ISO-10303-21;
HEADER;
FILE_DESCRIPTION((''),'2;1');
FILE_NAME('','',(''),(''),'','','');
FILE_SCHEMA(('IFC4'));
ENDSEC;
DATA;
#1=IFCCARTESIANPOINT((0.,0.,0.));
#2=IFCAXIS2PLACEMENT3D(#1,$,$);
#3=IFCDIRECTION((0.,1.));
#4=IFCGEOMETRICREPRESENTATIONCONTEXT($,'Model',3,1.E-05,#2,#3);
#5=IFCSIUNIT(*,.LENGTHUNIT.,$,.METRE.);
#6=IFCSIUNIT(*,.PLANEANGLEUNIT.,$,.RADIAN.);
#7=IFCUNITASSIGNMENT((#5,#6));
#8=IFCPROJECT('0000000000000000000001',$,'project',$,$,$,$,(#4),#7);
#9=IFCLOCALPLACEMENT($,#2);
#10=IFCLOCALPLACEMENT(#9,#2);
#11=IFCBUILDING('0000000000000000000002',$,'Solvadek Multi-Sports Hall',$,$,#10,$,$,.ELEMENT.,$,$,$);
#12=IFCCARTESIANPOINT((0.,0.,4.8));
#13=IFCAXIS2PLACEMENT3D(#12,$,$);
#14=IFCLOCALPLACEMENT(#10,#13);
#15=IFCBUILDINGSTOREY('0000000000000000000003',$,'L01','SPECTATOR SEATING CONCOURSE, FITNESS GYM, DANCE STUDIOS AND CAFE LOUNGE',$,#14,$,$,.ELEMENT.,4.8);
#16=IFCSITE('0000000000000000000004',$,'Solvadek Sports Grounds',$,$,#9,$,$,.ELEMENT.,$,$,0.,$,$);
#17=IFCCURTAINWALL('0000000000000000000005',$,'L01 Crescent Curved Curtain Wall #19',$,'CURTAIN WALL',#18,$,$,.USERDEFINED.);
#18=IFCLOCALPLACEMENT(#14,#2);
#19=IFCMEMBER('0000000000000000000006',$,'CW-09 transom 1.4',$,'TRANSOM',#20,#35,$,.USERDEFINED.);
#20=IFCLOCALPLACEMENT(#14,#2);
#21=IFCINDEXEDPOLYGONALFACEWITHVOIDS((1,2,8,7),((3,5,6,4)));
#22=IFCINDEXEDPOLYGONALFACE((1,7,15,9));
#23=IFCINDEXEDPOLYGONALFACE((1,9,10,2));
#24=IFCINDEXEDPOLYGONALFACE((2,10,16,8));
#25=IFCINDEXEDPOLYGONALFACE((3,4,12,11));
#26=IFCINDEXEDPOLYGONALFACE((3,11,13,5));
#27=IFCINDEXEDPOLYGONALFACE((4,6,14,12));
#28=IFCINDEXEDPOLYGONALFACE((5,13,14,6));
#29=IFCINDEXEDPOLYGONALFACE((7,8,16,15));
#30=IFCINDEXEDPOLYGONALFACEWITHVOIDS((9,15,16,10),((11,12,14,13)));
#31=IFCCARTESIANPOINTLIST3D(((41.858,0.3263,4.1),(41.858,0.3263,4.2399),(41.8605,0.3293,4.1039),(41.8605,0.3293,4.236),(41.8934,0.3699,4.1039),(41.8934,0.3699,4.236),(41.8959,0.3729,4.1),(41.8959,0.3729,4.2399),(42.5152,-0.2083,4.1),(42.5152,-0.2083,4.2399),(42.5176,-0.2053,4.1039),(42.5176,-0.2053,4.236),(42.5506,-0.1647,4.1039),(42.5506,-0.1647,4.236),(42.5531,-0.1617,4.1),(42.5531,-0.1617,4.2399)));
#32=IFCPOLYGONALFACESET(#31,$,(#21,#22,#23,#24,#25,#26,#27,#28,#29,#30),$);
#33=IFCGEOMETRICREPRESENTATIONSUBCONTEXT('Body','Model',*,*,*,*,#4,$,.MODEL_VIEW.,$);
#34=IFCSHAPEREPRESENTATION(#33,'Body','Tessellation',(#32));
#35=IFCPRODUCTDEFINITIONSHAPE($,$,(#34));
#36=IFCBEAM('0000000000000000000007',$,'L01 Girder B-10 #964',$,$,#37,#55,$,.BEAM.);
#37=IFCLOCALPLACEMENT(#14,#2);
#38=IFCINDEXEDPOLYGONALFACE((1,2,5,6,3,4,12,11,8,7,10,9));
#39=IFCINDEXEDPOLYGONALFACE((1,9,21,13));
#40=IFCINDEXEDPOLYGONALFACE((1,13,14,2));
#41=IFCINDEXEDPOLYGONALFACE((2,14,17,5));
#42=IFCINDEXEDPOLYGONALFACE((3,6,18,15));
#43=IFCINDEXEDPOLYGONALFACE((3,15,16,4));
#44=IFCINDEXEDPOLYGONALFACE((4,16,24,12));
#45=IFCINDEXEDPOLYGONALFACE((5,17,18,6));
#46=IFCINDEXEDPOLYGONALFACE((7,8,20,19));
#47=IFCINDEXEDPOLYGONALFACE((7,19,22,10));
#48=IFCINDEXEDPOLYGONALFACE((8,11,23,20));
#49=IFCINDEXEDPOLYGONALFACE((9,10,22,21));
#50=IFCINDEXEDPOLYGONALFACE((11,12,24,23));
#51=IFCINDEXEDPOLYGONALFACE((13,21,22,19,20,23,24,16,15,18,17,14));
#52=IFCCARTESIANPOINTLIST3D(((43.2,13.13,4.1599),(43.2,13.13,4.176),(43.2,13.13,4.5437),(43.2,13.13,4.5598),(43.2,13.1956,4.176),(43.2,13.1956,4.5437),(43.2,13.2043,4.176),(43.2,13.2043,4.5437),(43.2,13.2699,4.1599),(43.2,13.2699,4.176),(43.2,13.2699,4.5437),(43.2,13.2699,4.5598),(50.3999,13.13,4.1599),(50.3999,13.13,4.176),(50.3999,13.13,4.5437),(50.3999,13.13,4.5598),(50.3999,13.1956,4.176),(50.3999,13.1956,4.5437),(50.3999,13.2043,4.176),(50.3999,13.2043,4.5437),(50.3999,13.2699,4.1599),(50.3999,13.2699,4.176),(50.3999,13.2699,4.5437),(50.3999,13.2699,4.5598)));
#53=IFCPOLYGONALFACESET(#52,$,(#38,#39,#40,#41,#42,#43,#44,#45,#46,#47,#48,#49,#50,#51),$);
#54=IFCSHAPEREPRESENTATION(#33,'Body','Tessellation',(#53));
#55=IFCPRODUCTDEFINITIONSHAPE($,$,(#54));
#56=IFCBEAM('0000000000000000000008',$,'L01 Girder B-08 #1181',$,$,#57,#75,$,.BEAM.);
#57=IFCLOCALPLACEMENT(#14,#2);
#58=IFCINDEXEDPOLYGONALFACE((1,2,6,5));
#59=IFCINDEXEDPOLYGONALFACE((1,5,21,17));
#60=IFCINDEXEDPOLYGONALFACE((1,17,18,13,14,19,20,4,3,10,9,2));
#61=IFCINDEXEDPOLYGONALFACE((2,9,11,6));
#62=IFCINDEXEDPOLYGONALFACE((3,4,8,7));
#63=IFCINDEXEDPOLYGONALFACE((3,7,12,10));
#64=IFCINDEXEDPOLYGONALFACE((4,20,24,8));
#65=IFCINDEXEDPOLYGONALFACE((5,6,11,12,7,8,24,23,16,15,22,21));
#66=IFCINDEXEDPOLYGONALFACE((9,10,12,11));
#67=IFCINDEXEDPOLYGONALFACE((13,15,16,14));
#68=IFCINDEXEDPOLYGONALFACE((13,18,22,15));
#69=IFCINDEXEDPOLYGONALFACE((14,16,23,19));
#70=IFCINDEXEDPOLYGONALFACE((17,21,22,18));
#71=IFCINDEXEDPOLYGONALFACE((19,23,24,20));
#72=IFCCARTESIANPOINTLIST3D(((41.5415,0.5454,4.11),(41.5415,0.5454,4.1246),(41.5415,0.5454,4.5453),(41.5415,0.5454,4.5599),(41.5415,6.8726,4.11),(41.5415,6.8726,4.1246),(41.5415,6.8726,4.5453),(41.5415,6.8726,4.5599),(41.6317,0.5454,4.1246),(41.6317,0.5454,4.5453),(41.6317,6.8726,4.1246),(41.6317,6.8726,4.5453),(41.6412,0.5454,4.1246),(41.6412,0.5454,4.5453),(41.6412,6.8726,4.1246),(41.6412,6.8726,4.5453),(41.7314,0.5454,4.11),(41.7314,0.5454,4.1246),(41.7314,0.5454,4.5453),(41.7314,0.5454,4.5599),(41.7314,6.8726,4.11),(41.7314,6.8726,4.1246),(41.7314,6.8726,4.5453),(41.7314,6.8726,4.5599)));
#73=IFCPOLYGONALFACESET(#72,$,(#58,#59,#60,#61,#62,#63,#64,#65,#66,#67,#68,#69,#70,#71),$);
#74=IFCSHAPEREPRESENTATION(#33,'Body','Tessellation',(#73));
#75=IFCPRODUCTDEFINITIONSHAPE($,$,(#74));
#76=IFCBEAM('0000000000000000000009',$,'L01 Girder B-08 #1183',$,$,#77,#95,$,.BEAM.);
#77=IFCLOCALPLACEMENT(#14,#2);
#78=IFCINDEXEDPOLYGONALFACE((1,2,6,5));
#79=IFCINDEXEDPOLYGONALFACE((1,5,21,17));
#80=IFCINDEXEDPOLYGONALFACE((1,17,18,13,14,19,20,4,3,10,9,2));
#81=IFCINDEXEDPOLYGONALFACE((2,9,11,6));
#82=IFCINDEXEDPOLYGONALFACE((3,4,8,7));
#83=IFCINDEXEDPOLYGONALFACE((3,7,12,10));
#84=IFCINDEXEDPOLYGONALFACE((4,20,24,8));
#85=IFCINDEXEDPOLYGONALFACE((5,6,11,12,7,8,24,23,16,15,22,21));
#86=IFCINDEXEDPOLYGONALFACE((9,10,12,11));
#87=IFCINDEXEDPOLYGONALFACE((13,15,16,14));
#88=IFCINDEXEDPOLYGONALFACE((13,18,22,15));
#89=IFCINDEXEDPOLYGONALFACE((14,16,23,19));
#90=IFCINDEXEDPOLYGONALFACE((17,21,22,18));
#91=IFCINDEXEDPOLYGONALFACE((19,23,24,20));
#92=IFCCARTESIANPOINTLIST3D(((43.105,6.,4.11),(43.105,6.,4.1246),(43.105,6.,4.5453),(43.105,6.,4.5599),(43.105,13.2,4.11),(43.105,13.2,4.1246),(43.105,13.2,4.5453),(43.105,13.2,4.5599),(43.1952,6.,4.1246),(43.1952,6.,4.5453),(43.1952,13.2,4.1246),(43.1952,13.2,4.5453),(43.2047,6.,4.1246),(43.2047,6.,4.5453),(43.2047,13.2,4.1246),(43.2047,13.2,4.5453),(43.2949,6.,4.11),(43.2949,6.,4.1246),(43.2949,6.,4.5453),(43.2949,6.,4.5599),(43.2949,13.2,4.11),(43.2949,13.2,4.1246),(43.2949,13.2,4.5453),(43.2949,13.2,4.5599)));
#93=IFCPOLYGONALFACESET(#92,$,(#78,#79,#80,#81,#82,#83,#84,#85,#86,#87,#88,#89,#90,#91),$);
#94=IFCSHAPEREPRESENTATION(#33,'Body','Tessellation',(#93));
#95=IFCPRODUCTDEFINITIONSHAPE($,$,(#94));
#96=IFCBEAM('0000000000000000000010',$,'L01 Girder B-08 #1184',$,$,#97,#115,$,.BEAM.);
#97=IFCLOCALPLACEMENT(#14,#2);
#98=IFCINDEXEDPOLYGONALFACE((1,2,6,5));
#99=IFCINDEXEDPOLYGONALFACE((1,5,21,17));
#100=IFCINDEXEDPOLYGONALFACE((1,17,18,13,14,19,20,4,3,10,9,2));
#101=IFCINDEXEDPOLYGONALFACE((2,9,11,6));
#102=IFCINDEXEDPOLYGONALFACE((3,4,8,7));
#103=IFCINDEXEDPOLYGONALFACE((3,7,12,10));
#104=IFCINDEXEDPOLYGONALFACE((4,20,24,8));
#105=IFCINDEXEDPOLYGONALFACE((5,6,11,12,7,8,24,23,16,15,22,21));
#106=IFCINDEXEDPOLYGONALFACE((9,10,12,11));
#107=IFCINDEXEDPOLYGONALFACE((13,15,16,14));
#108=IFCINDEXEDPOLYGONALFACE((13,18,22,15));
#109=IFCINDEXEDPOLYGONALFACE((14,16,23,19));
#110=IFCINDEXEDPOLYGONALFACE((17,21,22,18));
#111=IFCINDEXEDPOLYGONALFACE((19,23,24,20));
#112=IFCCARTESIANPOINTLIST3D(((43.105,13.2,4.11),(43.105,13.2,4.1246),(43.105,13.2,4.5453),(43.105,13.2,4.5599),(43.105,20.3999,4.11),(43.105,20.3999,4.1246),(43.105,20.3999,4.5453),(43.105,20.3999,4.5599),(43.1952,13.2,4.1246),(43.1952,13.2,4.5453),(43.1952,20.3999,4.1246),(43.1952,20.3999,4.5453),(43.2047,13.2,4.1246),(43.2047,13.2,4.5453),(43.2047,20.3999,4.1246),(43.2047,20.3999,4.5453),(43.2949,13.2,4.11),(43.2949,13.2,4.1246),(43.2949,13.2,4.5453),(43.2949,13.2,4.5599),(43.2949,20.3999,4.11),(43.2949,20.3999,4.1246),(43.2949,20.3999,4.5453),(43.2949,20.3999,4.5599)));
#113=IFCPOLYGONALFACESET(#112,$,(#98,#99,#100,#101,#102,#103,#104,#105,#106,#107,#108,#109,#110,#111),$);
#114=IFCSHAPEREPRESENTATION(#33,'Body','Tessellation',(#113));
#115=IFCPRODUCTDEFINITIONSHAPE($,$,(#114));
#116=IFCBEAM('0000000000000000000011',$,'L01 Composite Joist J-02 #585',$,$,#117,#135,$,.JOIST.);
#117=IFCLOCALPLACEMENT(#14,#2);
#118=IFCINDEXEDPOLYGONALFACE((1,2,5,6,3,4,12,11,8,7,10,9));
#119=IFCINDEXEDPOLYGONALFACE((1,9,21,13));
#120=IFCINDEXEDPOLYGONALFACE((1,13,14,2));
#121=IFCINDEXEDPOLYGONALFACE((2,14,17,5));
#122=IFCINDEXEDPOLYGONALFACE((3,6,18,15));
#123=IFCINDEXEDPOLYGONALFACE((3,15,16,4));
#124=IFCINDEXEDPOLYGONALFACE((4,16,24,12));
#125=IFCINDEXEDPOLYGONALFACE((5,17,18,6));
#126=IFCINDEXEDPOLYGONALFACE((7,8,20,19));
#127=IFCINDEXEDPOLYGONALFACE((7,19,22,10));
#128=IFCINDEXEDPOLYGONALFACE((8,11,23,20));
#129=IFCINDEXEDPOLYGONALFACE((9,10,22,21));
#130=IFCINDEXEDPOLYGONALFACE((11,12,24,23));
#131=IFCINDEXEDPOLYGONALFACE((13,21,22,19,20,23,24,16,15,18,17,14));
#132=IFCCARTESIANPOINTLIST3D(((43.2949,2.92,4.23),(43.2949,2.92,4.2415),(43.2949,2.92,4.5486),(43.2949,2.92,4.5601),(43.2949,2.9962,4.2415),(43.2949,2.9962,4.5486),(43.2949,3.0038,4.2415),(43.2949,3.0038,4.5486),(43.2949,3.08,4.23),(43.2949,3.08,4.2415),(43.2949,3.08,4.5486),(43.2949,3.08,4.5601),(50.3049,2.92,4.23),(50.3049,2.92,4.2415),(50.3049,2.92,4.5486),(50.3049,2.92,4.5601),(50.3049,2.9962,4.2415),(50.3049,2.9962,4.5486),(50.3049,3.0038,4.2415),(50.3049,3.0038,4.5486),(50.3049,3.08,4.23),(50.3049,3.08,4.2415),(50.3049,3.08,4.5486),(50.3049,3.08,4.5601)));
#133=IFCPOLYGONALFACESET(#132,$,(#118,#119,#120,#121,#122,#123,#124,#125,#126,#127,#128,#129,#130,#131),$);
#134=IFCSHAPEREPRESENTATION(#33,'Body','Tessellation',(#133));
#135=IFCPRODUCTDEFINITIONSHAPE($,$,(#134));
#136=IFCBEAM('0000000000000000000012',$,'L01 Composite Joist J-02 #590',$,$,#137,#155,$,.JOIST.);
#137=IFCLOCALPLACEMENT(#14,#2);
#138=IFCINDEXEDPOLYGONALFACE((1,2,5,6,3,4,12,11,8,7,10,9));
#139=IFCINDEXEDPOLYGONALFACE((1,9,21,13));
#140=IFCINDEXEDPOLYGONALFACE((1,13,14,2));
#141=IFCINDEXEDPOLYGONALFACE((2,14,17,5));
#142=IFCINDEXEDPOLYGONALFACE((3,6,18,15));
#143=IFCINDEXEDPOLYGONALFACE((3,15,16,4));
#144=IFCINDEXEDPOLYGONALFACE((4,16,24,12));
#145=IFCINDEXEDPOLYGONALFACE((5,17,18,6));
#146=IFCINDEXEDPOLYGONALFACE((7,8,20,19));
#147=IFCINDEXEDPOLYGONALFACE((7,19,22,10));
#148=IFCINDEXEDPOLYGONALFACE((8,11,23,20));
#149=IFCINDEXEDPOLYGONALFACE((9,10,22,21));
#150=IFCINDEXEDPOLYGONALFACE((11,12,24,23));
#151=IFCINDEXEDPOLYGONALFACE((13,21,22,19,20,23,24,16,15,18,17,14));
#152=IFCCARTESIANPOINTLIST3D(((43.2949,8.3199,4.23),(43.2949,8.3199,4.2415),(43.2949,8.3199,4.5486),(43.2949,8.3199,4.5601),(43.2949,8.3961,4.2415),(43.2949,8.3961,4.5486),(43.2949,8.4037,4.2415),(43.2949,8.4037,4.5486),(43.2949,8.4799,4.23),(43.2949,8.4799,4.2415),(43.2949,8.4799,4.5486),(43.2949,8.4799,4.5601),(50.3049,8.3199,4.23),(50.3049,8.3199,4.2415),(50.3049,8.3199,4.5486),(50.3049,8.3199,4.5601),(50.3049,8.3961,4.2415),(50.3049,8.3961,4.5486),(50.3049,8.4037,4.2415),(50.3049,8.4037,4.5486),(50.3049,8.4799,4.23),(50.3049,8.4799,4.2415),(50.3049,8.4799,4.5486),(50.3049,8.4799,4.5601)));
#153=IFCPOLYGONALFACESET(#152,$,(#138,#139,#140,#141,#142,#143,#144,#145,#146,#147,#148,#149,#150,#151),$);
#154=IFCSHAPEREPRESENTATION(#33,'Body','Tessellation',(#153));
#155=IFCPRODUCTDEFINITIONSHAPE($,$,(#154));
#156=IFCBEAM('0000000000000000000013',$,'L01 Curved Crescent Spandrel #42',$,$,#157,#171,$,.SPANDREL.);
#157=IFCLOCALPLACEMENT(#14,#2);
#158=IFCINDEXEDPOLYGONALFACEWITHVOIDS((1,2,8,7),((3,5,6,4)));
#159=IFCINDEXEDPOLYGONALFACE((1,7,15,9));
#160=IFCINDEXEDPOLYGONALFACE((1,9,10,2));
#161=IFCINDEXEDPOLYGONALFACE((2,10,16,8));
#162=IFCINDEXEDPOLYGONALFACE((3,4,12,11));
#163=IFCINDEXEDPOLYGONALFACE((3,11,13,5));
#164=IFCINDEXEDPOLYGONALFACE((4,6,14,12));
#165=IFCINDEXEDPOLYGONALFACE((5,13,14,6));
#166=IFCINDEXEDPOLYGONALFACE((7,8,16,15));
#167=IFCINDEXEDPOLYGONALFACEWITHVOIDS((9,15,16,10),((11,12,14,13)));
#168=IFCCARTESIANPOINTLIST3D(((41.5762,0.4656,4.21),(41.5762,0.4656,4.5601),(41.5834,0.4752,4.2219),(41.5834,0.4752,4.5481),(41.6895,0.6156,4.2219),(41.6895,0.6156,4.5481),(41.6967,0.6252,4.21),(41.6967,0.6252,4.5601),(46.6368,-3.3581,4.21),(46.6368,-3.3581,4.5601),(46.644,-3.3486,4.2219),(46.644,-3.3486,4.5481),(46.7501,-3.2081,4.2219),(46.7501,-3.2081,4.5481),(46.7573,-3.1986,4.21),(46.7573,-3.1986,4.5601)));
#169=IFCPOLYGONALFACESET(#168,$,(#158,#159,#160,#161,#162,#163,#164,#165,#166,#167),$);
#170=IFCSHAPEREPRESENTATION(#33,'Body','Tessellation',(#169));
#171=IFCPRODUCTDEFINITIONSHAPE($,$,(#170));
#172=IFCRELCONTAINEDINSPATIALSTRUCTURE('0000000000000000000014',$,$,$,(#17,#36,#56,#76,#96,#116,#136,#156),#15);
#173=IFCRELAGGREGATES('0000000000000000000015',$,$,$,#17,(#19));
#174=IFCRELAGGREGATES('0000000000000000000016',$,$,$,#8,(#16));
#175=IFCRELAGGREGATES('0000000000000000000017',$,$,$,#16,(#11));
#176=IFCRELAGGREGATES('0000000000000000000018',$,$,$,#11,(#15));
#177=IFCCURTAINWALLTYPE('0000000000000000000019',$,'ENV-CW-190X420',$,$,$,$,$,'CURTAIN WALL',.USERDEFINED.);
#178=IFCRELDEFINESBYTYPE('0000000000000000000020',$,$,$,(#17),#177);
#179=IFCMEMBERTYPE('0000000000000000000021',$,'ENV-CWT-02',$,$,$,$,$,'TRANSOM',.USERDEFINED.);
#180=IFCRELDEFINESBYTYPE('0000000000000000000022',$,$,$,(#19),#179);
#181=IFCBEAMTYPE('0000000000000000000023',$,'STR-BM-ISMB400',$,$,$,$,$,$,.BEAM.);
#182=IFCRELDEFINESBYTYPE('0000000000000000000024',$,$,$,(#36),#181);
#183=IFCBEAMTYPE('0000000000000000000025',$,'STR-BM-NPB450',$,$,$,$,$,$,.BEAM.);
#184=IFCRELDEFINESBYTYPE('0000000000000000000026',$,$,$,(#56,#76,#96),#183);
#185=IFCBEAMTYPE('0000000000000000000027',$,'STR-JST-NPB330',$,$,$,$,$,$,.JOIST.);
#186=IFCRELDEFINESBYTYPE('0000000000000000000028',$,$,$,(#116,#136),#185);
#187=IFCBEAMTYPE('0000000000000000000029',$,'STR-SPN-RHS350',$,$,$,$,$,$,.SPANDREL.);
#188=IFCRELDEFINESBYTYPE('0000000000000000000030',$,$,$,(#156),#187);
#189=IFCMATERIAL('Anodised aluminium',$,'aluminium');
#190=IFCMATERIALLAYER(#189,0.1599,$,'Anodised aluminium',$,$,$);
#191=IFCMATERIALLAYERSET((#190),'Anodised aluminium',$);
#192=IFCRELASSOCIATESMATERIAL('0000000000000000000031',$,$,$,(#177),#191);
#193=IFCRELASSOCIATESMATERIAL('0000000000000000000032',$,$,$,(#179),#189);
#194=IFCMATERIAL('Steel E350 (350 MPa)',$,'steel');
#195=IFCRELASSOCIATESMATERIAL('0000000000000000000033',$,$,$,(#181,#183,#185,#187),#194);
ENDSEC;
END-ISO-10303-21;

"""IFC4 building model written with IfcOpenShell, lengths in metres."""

from ifc_helpers import new_model, si_unit, direction, frame, origin, origin_2d, place, context, subcontext, project, spatial, hollow_rectangle, i_section, extrude, material, layer, layer_set, material_profile, profile_set, type_object, element, aggregate, save


model = new_model("IFC4")

# Units and contexts
model_context = context("Model", 3, precision=1e-05, world=origin(), true_north=direction((0.0, 1.0)))
body_context = subcontext(model_context, "Body", "Model", "MODEL_VIEW")
ifc_project = project(units=[si_unit("LENGTHUNIT", "METRE"), si_unit("PLANEANGLEUNIT", "RADIAN")], contexts=[model_context])

# Site, building, storey
site_placement = place(None, origin())
site = spatial("IfcSite", under=ifc_project, at=site_placement, Name="Solvadek Sports Grounds", CompositionType="ELEMENT", RefElevation=0.0)
building_placement = place(site_placement, origin())
building = spatial("IfcBuilding", under=site, at=building_placement, Name="Solvadek Multi-Sports Hall", CompositionType="ELEMENT")
storey_placement = place(building_placement, frame((0.0, 0.0, 4.8)))
storey = spatial("IfcBuildingStorey", under=building, at=storey_placement, Name="L01", Description="SPECTATOR SEATING CONCOURSE, FITNESS GYM, DANCE STUDIOS AND CAFE LOUNGE", CompositionType="ELEMENT", Elevation=4.8)

# Shared definitions
ifc_material_1 = material(Name="Steel E350 (350 MPa)", Category="steel")

# Shared definitions
ifc_material_2 = material(Name="Anodised aluminium", Category="aluminium")

# Curtain wall, member
ifc_layer_1 = layer(ifc_material_2, 0.1599, Name="Anodised aluminium")
ifc_layer_set_1 = layer_set([ifc_layer_1], Name="Anodised aluminium")
curtain_wall_type_1 = type_object("IfcCurtainWallType", Name="ENV-CW-190X420", ElementType="CURTAIN WALL", PredefinedType="USERDEFINED", material=ifc_layer_set_1)
curtain_wall_1_placement = place(storey_placement, origin())
curtain_wall_1 = element("IfcCurtainWall", 1, at=curtain_wall_1_placement, inside=storey, type_object=curtain_wall_type_1, Name="L01 Crescent Curved Curtain Wall #19", ObjectType="CURTAIN WALL", PredefinedType="USERDEFINED")
ifc_material_profile_1 = material_profile(ifc_material_2, hollow_rectangle(XDim=0.0601, YDim=0.1399, WallThickness=0.0039, at=origin_2d()), Name="ALU-T 140x60x4")
ifc_profile_set_1 = profile_set([ifc_material_profile_1], Name="Anodised aluminium")
member_type_1 = type_object("IfcMemberType", Name="ENV-CWT-02", ElementType="TRANSOM", PredefinedType="USERDEFINED", material=ifc_profile_set_1)
member_1_placement = place(storey_placement, frame((41.877, 0.3496, 4.1699), z_axis=(0.775726, -0.63107, 0.0), x_axis=(0.63107, 0.775726, 0.0)))
member_1 = element("IfcMember", 2, at=member_1_placement, type_object=member_type_1, Name="CW-09 transom 1.4", ObjectType="TRANSOM", PredefinedType="USERDEFINED", context=body_context, shape_type="SweptSolid", body=[
    extrude(hollow_rectangle(XDim=0.0601, YDim=0.1399, WallThickness=0.0039, at=origin_2d()), origin(), (0.0, 0.0, 1.0), 0.8472),
])

# Beams
ifc_material_profile_2 = material_profile(ifc_material_1, i_section(OverallWidth=0.1399, OverallDepth=0.3999, WebThickness=0.0088, FlangeThickness=0.0161, at=origin_2d()), Name="ISMB 400")
ifc_profile_set_2 = profile_set([ifc_material_profile_2], Name="Steel E350 (350 MPa)")
beam_type_1 = type_object("IfcBeamType", Name="STR-BM-ISMB400", PredefinedType="BEAM", material=ifc_profile_set_2)
beam_1_placement = place(storey_placement, frame((43.2, 13.2, 4.3599), z_axis=(1.0, 0.0, 0.0), x_axis=(0.0, 1.0, 0.0)))
element("IfcBeam", 3, at=beam_1_placement, inside=storey, type_object=beam_type_1, Name="L01 Girder B-10 #964", PredefinedType="BEAM", context=body_context, shape_type="SweptSolid", body=[
    extrude(i_section(OverallWidth=0.1399, OverallDepth=0.3999, WebThickness=0.0088, FlangeThickness=0.0161, at=origin_2d()), origin(), (0.0, 0.0, 1.0), 7.2),
])
ifc_material_profile_3 = material_profile(ifc_material_1, i_section(OverallWidth=0.1899, OverallDepth=0.45, WebThickness=0.0095, FlangeThickness=0.0146, at=origin_2d()), Name="NPB 450")
ifc_profile_set_3 = profile_set([ifc_material_profile_3], Name="Steel E350 (350 MPa)")
beam_type_2 = type_object("IfcBeamType", Name="STR-BM-NPB450", PredefinedType="BEAM", material=ifc_profile_set_3)
beam_2_placement = place(storey_placement, frame((41.6365, 0.5454, 4.335), z_axis=(0.0, 1.0, 0.0), x_axis=(-1.0, 0.0, 0.0)))
element("IfcBeam", 4, at=beam_2_placement, inside=storey, type_object=beam_type_2, Name="L01 Girder B-08 #1181", PredefinedType="BEAM", context=body_context, shape_type="SweptSolid", body=[
    extrude(i_section(OverallWidth=0.1899, OverallDepth=0.45, WebThickness=0.0095, FlangeThickness=0.0146, at=origin_2d()), origin(), (0.0, 0.0, 1.0), 6.3271),
])
for number, where, z_axis, x_axis, name in (
    (5, (43.2, 6.0, 4.335), (0.0, 1.0, 0.0), (-1.0, 0.0, 0.0), "L01 Girder B-08 #1183"),
    (6, (43.2, 13.2, 4.335), (0.0, 1.0, 0.0), (-1.0, 0.0, 0.0), "L01 Girder B-08 #1184"),
):
    element("IfcBeam", number, at=place(storey_placement, frame(where, z_axis=z_axis, x_axis=x_axis)), inside=storey, type_object=beam_type_2, Name=name, PredefinedType="BEAM", context=body_context, shape_type="SweptSolid", body=[
        extrude(i_section(OverallWidth=0.1899, OverallDepth=0.45, WebThickness=0.0095, FlangeThickness=0.0146, at=origin_2d()), origin(), (0.0, 0.0, 1.0), 7.2),
    ])
ifc_material_profile_4 = material_profile(ifc_material_1, i_section(OverallWidth=0.1599, OverallDepth=0.3301, WebThickness=0.0076, FlangeThickness=0.0115, at=origin_2d()), Name="NPB 330")
ifc_profile_set_4 = profile_set([ifc_material_profile_4], Name="Steel E350 (350 MPa)")
beam_type_3 = type_object("IfcBeamType", Name="STR-JST-NPB330", PredefinedType="JOIST", material=ifc_profile_set_4)
for number, where, z_axis, x_axis, name in (
    (7, (43.2949, 3.0, 4.395), (1.0, 0.0, 0.0), (0.0, 1.0, 0.0), "L01 Composite Joist J-02 #585"),
    (8, (43.2949, 8.3999, 4.395), (1.0, 0.0, 0.0), (0.0, 1.0, 0.0), "L01 Composite Joist J-02 #590"),
):
    element("IfcBeam", number, at=place(storey_placement, frame(where, z_axis=z_axis, x_axis=x_axis)), inside=storey, type_object=beam_type_3, Name=name, PredefinedType="JOIST", context=body_context, shape_type="SweptSolid", body=[
        extrude(i_section(OverallWidth=0.1599, OverallDepth=0.3301, WebThickness=0.0076, FlangeThickness=0.0115, at=origin_2d()), origin(), (0.0, 0.0, 1.0), 7.01),
    ])
ifc_material_profile_5 = material_profile(ifc_material_1, hollow_rectangle(XDim=0.2, YDim=0.3501, WallThickness=0.012, at=origin_2d()), Name="RHS 350x200x12")
ifc_profile_set_5 = profile_set([ifc_material_profile_5], Name="Steel E350 (350 MPa)")
beam_type_4 = type_object("IfcBeamType", Name="STR-SPN-RHS350", PredefinedType="SPANDREL", material=ifc_profile_set_5)
beam_3_placement = place(storey_placement, frame((41.6365, 0.5454, 4.385), z_axis=(0.797852, -0.602854, 0.0), x_axis=(0.602854, 0.797852, 0.0)))
element("IfcBeam", 9, at=beam_3_placement, inside=storey, type_object=beam_type_4, Name="L01 Curved Crescent Spandrel #42", PredefinedType="SPANDREL", context=body_context, shape_type="SweptSolid", body=[
    extrude(hollow_rectangle(XDim=0.2, YDim=0.3501, WallThickness=0.012, at=origin_2d()), origin(), (0.0, 0.0, 1.0), 6.3428),
])

aggregate(curtain_wall_1, [member_1])

save(model, "model.ifc")
